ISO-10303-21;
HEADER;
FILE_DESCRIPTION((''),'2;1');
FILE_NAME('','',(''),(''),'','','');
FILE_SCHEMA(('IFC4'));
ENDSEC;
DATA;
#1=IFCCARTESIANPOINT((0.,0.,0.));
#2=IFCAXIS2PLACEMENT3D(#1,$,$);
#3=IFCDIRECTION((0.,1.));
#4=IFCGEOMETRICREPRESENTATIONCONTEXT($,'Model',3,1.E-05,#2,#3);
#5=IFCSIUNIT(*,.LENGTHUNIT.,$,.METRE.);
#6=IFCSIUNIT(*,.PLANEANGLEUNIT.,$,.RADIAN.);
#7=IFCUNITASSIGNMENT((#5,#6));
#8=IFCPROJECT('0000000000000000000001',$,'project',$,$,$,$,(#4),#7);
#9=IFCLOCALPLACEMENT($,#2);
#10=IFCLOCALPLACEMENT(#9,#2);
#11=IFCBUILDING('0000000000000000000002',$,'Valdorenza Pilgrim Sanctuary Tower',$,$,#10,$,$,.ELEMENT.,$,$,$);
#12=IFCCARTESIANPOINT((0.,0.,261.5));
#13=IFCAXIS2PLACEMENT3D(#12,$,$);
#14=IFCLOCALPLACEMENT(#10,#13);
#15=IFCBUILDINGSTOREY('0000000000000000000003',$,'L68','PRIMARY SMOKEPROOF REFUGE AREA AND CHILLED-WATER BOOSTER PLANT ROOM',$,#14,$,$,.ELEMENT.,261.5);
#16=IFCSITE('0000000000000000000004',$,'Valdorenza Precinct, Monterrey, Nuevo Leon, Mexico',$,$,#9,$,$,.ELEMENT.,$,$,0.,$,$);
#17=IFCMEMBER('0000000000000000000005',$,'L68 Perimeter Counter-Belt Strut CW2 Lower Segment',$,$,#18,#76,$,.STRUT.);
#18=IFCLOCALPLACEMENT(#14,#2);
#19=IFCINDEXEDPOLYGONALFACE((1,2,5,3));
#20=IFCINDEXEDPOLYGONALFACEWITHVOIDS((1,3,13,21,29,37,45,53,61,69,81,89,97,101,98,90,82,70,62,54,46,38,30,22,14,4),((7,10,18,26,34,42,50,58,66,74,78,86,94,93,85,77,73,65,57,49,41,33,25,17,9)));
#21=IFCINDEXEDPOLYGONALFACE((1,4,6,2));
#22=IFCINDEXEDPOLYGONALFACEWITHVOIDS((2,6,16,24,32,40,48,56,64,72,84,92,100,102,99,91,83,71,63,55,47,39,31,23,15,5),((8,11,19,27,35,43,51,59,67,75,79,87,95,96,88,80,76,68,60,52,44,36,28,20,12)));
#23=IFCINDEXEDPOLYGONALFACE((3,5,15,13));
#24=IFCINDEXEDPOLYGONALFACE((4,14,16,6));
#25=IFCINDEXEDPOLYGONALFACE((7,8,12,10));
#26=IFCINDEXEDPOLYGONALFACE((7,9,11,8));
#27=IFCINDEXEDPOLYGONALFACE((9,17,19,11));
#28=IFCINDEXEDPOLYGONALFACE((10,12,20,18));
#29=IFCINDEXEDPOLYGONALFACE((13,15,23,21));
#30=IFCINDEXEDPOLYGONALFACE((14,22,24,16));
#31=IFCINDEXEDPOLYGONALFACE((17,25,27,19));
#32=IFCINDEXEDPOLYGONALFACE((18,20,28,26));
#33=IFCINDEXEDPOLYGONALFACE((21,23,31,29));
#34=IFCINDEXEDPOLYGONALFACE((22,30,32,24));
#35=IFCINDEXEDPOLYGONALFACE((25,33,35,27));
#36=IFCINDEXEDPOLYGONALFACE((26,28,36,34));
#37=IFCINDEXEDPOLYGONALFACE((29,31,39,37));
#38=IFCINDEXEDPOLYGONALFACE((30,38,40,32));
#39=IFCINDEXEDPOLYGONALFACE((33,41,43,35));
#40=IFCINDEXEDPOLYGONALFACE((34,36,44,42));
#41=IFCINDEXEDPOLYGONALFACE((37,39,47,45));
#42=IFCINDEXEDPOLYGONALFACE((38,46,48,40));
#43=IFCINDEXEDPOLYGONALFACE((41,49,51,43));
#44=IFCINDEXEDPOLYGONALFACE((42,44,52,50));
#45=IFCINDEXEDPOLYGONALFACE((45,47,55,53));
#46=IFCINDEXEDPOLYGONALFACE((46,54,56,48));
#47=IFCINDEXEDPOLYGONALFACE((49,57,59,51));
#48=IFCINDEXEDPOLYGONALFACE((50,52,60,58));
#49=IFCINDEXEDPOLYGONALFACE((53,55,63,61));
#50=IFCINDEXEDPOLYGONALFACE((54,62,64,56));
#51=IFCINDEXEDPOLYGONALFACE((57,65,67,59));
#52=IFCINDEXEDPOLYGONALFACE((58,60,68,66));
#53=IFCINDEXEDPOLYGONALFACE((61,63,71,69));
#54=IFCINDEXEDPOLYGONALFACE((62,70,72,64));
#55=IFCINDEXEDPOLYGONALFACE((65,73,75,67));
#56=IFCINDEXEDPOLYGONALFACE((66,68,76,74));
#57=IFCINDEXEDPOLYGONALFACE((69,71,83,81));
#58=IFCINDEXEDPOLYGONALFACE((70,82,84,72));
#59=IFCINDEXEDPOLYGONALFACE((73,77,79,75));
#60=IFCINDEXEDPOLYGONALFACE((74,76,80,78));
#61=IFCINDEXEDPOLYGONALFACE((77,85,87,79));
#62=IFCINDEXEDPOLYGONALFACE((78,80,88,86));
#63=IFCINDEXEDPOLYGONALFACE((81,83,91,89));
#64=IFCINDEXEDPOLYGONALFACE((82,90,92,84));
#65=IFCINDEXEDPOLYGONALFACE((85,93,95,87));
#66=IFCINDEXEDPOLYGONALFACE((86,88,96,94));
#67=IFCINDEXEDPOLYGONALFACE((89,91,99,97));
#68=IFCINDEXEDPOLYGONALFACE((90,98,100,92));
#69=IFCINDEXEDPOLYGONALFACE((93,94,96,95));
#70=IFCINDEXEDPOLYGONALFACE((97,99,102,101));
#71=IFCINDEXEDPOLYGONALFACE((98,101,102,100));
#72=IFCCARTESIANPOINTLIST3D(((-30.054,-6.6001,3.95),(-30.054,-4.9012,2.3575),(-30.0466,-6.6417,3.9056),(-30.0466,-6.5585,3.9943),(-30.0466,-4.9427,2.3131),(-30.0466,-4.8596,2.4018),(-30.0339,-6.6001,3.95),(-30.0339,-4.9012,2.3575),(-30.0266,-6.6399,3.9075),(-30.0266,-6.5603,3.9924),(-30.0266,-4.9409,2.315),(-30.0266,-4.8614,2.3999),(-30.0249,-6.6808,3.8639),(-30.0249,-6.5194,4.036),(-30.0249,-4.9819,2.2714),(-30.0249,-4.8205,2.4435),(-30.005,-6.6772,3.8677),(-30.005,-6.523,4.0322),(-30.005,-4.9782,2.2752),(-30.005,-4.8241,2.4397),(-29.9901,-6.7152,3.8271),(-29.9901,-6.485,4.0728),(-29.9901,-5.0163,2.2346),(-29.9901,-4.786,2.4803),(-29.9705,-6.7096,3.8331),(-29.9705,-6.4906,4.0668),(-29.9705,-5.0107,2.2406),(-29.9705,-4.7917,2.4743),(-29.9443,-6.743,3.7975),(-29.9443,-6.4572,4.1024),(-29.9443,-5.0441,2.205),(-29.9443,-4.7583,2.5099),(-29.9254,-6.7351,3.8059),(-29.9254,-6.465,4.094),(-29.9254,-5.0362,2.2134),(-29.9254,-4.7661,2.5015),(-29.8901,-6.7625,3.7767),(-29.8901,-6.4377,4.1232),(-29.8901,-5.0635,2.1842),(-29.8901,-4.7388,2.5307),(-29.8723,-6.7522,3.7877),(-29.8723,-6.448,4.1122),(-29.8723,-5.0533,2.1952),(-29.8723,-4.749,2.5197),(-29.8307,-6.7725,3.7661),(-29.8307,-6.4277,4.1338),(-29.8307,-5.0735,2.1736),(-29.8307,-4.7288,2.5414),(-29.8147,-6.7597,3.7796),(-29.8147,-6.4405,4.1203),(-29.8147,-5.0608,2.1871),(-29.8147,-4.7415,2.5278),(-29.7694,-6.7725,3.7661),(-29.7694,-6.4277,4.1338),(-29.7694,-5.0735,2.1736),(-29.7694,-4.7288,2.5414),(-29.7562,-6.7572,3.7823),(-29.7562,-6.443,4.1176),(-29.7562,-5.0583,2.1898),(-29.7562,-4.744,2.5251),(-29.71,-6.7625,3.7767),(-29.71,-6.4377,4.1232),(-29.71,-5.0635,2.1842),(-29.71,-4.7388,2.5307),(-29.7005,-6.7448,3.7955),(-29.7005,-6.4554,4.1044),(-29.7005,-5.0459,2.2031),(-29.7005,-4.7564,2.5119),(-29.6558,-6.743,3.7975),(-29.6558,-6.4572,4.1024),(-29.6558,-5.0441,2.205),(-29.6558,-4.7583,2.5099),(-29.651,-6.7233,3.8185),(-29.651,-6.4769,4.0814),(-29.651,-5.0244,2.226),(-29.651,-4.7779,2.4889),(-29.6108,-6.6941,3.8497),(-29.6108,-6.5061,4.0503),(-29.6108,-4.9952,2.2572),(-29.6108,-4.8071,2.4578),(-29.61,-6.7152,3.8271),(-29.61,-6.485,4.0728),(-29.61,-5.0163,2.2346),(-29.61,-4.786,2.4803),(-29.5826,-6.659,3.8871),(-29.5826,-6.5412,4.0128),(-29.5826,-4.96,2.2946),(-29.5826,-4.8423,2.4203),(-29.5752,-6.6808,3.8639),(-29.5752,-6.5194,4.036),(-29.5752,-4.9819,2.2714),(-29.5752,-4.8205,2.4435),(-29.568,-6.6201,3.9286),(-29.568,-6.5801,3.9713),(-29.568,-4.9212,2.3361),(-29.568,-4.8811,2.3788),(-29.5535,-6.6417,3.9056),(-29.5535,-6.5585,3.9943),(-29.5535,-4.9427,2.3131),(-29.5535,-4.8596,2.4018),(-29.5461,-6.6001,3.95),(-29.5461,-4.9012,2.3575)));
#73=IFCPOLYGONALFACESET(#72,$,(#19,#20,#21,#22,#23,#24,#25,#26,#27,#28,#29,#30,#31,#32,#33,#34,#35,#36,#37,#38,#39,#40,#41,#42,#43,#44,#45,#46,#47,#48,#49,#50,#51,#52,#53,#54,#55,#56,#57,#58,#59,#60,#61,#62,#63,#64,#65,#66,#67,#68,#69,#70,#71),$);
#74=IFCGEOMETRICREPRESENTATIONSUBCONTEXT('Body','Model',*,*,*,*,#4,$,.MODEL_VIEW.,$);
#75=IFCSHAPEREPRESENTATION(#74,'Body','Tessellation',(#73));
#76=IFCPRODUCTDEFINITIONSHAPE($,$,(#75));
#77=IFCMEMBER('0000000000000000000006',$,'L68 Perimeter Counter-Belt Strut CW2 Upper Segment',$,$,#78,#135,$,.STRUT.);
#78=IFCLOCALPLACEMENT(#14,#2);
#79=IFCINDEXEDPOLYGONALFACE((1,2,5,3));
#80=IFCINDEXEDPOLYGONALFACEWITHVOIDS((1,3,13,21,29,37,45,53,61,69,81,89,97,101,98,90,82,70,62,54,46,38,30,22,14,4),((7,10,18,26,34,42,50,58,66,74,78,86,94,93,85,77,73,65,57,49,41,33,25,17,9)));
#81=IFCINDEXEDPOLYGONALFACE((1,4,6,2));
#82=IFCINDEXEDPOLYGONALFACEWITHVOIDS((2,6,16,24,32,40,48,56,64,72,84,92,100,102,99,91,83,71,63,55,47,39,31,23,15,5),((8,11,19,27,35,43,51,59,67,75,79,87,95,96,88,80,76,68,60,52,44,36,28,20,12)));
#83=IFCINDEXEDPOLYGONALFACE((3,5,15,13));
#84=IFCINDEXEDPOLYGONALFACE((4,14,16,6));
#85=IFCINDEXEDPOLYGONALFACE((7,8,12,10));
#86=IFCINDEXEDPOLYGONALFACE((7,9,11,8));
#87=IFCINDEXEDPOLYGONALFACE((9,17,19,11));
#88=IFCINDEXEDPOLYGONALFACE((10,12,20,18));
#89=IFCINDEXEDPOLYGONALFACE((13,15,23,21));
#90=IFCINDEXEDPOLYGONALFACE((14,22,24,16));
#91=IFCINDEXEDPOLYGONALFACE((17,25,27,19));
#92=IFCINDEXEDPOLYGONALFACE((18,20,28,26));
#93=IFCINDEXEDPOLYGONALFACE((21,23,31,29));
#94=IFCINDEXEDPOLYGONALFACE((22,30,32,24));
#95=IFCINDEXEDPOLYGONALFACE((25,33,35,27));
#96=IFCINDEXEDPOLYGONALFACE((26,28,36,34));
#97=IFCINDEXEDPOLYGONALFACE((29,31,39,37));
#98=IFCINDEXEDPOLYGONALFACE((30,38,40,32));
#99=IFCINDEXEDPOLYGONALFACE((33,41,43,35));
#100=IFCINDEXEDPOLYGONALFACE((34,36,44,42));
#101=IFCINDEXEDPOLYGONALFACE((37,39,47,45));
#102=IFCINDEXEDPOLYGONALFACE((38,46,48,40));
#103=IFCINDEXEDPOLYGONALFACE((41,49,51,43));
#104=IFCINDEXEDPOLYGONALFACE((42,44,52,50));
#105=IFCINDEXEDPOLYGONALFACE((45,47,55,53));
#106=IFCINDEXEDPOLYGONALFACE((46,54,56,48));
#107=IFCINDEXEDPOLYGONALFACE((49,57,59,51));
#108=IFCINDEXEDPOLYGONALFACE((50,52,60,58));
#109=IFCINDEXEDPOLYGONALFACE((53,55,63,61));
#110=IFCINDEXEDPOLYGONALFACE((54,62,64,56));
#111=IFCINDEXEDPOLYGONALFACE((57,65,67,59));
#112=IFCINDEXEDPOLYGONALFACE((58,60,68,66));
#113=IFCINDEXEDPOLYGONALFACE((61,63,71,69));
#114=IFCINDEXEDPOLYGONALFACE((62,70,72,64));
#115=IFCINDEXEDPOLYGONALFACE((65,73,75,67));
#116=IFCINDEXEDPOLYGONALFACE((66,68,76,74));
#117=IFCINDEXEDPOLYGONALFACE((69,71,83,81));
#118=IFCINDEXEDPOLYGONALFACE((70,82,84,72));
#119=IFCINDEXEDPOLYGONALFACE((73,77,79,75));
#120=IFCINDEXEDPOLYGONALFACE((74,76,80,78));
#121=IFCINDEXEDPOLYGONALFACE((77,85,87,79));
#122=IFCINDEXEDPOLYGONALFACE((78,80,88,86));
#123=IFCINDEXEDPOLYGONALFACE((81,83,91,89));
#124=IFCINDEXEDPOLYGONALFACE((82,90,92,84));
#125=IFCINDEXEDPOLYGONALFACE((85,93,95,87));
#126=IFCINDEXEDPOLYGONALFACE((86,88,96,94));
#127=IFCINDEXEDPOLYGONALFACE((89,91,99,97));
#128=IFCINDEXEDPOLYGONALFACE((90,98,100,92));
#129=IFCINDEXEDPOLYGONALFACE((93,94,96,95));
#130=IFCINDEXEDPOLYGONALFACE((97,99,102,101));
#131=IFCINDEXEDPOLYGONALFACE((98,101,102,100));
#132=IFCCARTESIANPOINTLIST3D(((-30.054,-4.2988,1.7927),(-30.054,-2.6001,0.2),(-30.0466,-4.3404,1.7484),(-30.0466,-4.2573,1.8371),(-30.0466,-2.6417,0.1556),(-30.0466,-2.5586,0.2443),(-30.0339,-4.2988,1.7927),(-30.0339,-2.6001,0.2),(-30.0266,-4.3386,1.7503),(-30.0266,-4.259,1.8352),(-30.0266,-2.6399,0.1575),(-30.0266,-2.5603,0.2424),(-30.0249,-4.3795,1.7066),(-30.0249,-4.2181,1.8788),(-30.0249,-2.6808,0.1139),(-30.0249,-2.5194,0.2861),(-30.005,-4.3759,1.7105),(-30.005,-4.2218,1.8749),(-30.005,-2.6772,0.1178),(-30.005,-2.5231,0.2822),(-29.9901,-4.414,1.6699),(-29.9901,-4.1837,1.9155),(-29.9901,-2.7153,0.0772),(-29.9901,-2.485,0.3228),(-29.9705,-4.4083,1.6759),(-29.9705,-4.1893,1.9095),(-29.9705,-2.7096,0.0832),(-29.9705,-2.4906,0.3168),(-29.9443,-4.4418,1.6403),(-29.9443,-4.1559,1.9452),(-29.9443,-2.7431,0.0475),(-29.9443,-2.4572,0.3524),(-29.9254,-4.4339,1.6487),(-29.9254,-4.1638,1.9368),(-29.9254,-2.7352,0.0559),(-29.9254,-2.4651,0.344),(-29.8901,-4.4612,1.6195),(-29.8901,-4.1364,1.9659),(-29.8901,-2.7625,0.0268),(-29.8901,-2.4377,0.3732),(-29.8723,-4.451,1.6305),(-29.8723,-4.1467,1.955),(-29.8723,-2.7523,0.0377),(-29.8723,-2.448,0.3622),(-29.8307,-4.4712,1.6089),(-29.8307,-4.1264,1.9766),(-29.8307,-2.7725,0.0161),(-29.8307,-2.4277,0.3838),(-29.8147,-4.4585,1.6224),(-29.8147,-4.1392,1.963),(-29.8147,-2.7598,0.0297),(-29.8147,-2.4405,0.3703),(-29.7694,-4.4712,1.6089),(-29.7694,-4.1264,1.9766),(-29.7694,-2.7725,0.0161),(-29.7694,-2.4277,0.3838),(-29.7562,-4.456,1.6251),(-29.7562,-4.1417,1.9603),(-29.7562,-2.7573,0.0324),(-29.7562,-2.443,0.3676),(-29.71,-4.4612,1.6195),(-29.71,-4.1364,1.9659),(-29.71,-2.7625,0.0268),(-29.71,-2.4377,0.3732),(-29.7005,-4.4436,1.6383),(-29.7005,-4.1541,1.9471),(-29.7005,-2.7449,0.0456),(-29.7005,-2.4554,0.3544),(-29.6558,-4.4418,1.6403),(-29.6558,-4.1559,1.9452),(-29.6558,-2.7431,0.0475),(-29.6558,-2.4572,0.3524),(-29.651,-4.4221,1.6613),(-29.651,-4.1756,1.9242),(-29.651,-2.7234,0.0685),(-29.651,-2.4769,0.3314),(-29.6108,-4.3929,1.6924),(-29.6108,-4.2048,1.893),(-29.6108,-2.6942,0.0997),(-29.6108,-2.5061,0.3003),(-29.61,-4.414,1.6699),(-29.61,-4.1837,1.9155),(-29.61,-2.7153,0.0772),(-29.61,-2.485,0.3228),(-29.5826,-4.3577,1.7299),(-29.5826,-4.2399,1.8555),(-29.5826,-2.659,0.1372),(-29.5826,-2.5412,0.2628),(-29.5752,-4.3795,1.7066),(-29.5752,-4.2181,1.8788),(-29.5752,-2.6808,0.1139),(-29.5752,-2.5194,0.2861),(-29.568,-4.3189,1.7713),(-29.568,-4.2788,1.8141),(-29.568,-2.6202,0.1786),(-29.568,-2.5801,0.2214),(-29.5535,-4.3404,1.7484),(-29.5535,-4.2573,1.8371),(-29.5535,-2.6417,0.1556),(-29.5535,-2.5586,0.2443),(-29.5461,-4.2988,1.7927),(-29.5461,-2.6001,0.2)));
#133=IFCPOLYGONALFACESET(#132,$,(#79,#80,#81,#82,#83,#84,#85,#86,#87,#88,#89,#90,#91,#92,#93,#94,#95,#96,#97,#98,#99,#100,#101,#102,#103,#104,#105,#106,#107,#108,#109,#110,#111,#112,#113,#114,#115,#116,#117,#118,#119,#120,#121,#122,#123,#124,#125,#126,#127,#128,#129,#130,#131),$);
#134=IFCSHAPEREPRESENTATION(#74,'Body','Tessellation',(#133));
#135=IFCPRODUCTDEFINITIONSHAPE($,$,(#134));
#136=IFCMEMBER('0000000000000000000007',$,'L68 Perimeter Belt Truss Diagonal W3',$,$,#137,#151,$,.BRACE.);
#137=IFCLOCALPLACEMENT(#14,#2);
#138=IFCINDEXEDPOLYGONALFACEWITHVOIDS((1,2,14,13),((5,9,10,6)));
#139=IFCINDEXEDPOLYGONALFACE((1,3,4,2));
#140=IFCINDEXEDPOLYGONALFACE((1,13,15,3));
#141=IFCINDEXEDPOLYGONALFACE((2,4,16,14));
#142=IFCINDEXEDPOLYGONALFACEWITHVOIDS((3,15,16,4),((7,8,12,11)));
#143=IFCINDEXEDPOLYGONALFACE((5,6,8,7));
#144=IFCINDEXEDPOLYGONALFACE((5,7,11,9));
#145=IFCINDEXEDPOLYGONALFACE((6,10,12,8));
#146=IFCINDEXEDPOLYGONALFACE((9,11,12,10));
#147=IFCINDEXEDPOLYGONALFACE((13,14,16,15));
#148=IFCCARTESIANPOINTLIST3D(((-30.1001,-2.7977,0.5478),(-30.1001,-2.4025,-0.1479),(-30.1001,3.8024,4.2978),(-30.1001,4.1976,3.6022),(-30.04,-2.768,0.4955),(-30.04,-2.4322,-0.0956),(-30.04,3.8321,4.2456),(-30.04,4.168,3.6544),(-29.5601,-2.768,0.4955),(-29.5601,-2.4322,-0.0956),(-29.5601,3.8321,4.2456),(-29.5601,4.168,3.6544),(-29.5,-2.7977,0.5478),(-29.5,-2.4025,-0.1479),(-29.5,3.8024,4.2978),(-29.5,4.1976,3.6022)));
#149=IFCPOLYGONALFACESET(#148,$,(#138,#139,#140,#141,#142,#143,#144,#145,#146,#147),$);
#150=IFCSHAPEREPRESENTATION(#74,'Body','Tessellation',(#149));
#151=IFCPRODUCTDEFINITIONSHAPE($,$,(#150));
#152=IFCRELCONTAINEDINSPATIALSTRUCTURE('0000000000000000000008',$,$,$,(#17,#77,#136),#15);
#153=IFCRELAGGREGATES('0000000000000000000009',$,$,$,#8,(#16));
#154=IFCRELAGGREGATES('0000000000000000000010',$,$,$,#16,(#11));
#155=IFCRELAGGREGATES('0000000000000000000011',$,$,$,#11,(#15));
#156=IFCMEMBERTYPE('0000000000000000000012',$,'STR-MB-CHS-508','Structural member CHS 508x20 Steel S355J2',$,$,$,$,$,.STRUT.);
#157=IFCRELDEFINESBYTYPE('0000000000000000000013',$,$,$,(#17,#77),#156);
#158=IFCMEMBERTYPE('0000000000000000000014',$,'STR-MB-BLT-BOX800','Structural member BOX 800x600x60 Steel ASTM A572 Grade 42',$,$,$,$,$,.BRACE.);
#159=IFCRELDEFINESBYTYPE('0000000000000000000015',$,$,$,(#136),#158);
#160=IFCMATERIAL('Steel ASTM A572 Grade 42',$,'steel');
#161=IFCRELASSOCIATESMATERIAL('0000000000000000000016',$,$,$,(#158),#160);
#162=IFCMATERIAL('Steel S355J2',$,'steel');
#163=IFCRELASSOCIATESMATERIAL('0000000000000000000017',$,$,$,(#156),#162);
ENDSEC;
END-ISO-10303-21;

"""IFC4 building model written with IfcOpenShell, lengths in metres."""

from ifc_helpers import new_model, si_unit, direction, frame, origin, origin_2d, place, context, subcontext, project, spatial, hollow_rectangle, hollow_circle, extrude, source, transform, mapped, material, material_profile, profile_set, type_object, element, save


model = new_model("IFC4")

# Units and contexts
model_context = context("Model", 3, precision=1e-05, world=origin(), true_north=direction((0.0, 1.0)))
body_context = subcontext(model_context, "Body", "Model", "MODEL_VIEW")
ifc_project = project(units=[si_unit("LENGTHUNIT", "METRE"), si_unit("PLANEANGLEUNIT", "RADIAN")], contexts=[model_context])

# Site, building, storey
site_placement = place(None, origin())
site = spatial("IfcSite", under=ifc_project, at=site_placement, Name="Valdorenza Precinct, Monterrey, Nuevo Leon, Mexico", CompositionType="ELEMENT", RefElevation=0.0)
building_placement = place(site_placement, origin())
building = spatial("IfcBuilding", under=site, at=building_placement, Name="Valdorenza Pilgrim Sanctuary Tower", CompositionType="ELEMENT")
storey_placement = place(building_placement, frame((0.0, 0.0, 261.5)))
storey = spatial("IfcBuildingStorey", under=building, at=storey_placement, Name="L68", Description="PRIMARY SMOKEPROOF REFUGE AREA AND CHILLED-WATER BOOSTER PLANT ROOM", CompositionType="ELEMENT", Elevation=261.5)

# Members
ifc_material_1 = material(Name="Steel ASTM A572 Grade 42", Category="steel")
ifc_material_profile_1 = material_profile(ifc_material_1, hollow_rectangle(XDim=0.6001, YDim=0.8, WallThickness=0.0601, at=origin_2d()), Name="BOX 800x600x60")
ifc_profile_set_1 = profile_set([ifc_material_profile_1], Name="Steel ASTM A572 Grade 42")
member_type_1 = type_object("IfcMemberType", Name="STR-MB-BLT-BOX800", Description="Structural member BOX 800x600x60 Steel ASTM A572 Grade 42", PredefinedType="BRACE", material=ifc_profile_set_1)
ifc_material_2 = material(Name="Steel S355J2", Category="steel")
ifc_material_profile_2 = material_profile(ifc_material_2, hollow_circle(Radius=0.2539, WallThickness=0.02, at=origin_2d()), Name="CHS 508x20")
ifc_profile_set_2 = profile_set([ifc_material_profile_2], Name="Steel S355J2")
member_type_2 = type_object("IfcMemberType", Name="STR-MB-CHS-508", Description="Structural member CHS 508x20 Steel S355J2", PredefinedType="STRUT", material=ifc_profile_set_2)
shared_shape_1 = source(origin(), body_context, "Body", "SweptSolid", [
    extrude(hollow_circle(Radius=0.2539, WallThickness=0.02, at=origin_2d()), origin(), (0.0, 0.0, 1.0), 2.3286),
])
for number, where, z_axis, x_axis, name in (
    (1, (-29.8, -6.6001, 3.95), (0.0, 0.729593, -0.683882), (-1.0, 0.0, 0.0), "L68 Perimeter Counter-Belt Strut CW2 Lower Segment"),
    (2, (-29.8, -4.2988, 1.7927), (0.0, 0.729491, -0.68399), (-1.0, 0.0, 0.0), "L68 Perimeter Counter-Belt Strut CW2 Upper Segment"),
):
    element("IfcMember", number, at=place(storey_placement, frame(where, z_axis=z_axis, x_axis=x_axis)), inside=storey, type_object=member_type_2, Name=name, PredefinedType="STRUT", context=body_context, shape_type="MappedRepresentation", body=[
        mapped(shared_shape_1, transform((0.0, 0.0, 0.0), x_axis=(1.0, 0.0, 0.0), y_axis=(0.0, 1.0, 0.0), z_axis=(0.0, 0.0, 1.0), scale=1.0)),
    ])
shared_shape_2 = source(origin(), body_context, "Body", "SweptSolid", [
    extrude(hollow_rectangle(XDim=0.6001, YDim=0.8, WallThickness=0.0601, at=origin_2d()), origin(), (0.0, 0.0, 1.0), 7.5911),
])
member_1_placement = place(storey_placement, frame((-29.8, -2.6001, 0.2), z_axis=(0.0, 0.86946, 0.494004), x_axis=(-1.0, 0.0, 0.0)))
element("IfcMember", 3, at=member_1_placement, inside=storey, type_object=member_type_1, Name="L68 Perimeter Belt Truss Diagonal W3", PredefinedType="BRACE", context=body_context, shape_type="MappedRepresentation", body=[
    mapped(shared_shape_2, transform((0.0, 0.0, 0.0), x_axis=(1.0, 0.0, 0.0), y_axis=(0.0, 1.0, 0.0), z_axis=(0.0, 0.0, 1.0), scale=1.0)),
])

save(model, "model.ifc")
